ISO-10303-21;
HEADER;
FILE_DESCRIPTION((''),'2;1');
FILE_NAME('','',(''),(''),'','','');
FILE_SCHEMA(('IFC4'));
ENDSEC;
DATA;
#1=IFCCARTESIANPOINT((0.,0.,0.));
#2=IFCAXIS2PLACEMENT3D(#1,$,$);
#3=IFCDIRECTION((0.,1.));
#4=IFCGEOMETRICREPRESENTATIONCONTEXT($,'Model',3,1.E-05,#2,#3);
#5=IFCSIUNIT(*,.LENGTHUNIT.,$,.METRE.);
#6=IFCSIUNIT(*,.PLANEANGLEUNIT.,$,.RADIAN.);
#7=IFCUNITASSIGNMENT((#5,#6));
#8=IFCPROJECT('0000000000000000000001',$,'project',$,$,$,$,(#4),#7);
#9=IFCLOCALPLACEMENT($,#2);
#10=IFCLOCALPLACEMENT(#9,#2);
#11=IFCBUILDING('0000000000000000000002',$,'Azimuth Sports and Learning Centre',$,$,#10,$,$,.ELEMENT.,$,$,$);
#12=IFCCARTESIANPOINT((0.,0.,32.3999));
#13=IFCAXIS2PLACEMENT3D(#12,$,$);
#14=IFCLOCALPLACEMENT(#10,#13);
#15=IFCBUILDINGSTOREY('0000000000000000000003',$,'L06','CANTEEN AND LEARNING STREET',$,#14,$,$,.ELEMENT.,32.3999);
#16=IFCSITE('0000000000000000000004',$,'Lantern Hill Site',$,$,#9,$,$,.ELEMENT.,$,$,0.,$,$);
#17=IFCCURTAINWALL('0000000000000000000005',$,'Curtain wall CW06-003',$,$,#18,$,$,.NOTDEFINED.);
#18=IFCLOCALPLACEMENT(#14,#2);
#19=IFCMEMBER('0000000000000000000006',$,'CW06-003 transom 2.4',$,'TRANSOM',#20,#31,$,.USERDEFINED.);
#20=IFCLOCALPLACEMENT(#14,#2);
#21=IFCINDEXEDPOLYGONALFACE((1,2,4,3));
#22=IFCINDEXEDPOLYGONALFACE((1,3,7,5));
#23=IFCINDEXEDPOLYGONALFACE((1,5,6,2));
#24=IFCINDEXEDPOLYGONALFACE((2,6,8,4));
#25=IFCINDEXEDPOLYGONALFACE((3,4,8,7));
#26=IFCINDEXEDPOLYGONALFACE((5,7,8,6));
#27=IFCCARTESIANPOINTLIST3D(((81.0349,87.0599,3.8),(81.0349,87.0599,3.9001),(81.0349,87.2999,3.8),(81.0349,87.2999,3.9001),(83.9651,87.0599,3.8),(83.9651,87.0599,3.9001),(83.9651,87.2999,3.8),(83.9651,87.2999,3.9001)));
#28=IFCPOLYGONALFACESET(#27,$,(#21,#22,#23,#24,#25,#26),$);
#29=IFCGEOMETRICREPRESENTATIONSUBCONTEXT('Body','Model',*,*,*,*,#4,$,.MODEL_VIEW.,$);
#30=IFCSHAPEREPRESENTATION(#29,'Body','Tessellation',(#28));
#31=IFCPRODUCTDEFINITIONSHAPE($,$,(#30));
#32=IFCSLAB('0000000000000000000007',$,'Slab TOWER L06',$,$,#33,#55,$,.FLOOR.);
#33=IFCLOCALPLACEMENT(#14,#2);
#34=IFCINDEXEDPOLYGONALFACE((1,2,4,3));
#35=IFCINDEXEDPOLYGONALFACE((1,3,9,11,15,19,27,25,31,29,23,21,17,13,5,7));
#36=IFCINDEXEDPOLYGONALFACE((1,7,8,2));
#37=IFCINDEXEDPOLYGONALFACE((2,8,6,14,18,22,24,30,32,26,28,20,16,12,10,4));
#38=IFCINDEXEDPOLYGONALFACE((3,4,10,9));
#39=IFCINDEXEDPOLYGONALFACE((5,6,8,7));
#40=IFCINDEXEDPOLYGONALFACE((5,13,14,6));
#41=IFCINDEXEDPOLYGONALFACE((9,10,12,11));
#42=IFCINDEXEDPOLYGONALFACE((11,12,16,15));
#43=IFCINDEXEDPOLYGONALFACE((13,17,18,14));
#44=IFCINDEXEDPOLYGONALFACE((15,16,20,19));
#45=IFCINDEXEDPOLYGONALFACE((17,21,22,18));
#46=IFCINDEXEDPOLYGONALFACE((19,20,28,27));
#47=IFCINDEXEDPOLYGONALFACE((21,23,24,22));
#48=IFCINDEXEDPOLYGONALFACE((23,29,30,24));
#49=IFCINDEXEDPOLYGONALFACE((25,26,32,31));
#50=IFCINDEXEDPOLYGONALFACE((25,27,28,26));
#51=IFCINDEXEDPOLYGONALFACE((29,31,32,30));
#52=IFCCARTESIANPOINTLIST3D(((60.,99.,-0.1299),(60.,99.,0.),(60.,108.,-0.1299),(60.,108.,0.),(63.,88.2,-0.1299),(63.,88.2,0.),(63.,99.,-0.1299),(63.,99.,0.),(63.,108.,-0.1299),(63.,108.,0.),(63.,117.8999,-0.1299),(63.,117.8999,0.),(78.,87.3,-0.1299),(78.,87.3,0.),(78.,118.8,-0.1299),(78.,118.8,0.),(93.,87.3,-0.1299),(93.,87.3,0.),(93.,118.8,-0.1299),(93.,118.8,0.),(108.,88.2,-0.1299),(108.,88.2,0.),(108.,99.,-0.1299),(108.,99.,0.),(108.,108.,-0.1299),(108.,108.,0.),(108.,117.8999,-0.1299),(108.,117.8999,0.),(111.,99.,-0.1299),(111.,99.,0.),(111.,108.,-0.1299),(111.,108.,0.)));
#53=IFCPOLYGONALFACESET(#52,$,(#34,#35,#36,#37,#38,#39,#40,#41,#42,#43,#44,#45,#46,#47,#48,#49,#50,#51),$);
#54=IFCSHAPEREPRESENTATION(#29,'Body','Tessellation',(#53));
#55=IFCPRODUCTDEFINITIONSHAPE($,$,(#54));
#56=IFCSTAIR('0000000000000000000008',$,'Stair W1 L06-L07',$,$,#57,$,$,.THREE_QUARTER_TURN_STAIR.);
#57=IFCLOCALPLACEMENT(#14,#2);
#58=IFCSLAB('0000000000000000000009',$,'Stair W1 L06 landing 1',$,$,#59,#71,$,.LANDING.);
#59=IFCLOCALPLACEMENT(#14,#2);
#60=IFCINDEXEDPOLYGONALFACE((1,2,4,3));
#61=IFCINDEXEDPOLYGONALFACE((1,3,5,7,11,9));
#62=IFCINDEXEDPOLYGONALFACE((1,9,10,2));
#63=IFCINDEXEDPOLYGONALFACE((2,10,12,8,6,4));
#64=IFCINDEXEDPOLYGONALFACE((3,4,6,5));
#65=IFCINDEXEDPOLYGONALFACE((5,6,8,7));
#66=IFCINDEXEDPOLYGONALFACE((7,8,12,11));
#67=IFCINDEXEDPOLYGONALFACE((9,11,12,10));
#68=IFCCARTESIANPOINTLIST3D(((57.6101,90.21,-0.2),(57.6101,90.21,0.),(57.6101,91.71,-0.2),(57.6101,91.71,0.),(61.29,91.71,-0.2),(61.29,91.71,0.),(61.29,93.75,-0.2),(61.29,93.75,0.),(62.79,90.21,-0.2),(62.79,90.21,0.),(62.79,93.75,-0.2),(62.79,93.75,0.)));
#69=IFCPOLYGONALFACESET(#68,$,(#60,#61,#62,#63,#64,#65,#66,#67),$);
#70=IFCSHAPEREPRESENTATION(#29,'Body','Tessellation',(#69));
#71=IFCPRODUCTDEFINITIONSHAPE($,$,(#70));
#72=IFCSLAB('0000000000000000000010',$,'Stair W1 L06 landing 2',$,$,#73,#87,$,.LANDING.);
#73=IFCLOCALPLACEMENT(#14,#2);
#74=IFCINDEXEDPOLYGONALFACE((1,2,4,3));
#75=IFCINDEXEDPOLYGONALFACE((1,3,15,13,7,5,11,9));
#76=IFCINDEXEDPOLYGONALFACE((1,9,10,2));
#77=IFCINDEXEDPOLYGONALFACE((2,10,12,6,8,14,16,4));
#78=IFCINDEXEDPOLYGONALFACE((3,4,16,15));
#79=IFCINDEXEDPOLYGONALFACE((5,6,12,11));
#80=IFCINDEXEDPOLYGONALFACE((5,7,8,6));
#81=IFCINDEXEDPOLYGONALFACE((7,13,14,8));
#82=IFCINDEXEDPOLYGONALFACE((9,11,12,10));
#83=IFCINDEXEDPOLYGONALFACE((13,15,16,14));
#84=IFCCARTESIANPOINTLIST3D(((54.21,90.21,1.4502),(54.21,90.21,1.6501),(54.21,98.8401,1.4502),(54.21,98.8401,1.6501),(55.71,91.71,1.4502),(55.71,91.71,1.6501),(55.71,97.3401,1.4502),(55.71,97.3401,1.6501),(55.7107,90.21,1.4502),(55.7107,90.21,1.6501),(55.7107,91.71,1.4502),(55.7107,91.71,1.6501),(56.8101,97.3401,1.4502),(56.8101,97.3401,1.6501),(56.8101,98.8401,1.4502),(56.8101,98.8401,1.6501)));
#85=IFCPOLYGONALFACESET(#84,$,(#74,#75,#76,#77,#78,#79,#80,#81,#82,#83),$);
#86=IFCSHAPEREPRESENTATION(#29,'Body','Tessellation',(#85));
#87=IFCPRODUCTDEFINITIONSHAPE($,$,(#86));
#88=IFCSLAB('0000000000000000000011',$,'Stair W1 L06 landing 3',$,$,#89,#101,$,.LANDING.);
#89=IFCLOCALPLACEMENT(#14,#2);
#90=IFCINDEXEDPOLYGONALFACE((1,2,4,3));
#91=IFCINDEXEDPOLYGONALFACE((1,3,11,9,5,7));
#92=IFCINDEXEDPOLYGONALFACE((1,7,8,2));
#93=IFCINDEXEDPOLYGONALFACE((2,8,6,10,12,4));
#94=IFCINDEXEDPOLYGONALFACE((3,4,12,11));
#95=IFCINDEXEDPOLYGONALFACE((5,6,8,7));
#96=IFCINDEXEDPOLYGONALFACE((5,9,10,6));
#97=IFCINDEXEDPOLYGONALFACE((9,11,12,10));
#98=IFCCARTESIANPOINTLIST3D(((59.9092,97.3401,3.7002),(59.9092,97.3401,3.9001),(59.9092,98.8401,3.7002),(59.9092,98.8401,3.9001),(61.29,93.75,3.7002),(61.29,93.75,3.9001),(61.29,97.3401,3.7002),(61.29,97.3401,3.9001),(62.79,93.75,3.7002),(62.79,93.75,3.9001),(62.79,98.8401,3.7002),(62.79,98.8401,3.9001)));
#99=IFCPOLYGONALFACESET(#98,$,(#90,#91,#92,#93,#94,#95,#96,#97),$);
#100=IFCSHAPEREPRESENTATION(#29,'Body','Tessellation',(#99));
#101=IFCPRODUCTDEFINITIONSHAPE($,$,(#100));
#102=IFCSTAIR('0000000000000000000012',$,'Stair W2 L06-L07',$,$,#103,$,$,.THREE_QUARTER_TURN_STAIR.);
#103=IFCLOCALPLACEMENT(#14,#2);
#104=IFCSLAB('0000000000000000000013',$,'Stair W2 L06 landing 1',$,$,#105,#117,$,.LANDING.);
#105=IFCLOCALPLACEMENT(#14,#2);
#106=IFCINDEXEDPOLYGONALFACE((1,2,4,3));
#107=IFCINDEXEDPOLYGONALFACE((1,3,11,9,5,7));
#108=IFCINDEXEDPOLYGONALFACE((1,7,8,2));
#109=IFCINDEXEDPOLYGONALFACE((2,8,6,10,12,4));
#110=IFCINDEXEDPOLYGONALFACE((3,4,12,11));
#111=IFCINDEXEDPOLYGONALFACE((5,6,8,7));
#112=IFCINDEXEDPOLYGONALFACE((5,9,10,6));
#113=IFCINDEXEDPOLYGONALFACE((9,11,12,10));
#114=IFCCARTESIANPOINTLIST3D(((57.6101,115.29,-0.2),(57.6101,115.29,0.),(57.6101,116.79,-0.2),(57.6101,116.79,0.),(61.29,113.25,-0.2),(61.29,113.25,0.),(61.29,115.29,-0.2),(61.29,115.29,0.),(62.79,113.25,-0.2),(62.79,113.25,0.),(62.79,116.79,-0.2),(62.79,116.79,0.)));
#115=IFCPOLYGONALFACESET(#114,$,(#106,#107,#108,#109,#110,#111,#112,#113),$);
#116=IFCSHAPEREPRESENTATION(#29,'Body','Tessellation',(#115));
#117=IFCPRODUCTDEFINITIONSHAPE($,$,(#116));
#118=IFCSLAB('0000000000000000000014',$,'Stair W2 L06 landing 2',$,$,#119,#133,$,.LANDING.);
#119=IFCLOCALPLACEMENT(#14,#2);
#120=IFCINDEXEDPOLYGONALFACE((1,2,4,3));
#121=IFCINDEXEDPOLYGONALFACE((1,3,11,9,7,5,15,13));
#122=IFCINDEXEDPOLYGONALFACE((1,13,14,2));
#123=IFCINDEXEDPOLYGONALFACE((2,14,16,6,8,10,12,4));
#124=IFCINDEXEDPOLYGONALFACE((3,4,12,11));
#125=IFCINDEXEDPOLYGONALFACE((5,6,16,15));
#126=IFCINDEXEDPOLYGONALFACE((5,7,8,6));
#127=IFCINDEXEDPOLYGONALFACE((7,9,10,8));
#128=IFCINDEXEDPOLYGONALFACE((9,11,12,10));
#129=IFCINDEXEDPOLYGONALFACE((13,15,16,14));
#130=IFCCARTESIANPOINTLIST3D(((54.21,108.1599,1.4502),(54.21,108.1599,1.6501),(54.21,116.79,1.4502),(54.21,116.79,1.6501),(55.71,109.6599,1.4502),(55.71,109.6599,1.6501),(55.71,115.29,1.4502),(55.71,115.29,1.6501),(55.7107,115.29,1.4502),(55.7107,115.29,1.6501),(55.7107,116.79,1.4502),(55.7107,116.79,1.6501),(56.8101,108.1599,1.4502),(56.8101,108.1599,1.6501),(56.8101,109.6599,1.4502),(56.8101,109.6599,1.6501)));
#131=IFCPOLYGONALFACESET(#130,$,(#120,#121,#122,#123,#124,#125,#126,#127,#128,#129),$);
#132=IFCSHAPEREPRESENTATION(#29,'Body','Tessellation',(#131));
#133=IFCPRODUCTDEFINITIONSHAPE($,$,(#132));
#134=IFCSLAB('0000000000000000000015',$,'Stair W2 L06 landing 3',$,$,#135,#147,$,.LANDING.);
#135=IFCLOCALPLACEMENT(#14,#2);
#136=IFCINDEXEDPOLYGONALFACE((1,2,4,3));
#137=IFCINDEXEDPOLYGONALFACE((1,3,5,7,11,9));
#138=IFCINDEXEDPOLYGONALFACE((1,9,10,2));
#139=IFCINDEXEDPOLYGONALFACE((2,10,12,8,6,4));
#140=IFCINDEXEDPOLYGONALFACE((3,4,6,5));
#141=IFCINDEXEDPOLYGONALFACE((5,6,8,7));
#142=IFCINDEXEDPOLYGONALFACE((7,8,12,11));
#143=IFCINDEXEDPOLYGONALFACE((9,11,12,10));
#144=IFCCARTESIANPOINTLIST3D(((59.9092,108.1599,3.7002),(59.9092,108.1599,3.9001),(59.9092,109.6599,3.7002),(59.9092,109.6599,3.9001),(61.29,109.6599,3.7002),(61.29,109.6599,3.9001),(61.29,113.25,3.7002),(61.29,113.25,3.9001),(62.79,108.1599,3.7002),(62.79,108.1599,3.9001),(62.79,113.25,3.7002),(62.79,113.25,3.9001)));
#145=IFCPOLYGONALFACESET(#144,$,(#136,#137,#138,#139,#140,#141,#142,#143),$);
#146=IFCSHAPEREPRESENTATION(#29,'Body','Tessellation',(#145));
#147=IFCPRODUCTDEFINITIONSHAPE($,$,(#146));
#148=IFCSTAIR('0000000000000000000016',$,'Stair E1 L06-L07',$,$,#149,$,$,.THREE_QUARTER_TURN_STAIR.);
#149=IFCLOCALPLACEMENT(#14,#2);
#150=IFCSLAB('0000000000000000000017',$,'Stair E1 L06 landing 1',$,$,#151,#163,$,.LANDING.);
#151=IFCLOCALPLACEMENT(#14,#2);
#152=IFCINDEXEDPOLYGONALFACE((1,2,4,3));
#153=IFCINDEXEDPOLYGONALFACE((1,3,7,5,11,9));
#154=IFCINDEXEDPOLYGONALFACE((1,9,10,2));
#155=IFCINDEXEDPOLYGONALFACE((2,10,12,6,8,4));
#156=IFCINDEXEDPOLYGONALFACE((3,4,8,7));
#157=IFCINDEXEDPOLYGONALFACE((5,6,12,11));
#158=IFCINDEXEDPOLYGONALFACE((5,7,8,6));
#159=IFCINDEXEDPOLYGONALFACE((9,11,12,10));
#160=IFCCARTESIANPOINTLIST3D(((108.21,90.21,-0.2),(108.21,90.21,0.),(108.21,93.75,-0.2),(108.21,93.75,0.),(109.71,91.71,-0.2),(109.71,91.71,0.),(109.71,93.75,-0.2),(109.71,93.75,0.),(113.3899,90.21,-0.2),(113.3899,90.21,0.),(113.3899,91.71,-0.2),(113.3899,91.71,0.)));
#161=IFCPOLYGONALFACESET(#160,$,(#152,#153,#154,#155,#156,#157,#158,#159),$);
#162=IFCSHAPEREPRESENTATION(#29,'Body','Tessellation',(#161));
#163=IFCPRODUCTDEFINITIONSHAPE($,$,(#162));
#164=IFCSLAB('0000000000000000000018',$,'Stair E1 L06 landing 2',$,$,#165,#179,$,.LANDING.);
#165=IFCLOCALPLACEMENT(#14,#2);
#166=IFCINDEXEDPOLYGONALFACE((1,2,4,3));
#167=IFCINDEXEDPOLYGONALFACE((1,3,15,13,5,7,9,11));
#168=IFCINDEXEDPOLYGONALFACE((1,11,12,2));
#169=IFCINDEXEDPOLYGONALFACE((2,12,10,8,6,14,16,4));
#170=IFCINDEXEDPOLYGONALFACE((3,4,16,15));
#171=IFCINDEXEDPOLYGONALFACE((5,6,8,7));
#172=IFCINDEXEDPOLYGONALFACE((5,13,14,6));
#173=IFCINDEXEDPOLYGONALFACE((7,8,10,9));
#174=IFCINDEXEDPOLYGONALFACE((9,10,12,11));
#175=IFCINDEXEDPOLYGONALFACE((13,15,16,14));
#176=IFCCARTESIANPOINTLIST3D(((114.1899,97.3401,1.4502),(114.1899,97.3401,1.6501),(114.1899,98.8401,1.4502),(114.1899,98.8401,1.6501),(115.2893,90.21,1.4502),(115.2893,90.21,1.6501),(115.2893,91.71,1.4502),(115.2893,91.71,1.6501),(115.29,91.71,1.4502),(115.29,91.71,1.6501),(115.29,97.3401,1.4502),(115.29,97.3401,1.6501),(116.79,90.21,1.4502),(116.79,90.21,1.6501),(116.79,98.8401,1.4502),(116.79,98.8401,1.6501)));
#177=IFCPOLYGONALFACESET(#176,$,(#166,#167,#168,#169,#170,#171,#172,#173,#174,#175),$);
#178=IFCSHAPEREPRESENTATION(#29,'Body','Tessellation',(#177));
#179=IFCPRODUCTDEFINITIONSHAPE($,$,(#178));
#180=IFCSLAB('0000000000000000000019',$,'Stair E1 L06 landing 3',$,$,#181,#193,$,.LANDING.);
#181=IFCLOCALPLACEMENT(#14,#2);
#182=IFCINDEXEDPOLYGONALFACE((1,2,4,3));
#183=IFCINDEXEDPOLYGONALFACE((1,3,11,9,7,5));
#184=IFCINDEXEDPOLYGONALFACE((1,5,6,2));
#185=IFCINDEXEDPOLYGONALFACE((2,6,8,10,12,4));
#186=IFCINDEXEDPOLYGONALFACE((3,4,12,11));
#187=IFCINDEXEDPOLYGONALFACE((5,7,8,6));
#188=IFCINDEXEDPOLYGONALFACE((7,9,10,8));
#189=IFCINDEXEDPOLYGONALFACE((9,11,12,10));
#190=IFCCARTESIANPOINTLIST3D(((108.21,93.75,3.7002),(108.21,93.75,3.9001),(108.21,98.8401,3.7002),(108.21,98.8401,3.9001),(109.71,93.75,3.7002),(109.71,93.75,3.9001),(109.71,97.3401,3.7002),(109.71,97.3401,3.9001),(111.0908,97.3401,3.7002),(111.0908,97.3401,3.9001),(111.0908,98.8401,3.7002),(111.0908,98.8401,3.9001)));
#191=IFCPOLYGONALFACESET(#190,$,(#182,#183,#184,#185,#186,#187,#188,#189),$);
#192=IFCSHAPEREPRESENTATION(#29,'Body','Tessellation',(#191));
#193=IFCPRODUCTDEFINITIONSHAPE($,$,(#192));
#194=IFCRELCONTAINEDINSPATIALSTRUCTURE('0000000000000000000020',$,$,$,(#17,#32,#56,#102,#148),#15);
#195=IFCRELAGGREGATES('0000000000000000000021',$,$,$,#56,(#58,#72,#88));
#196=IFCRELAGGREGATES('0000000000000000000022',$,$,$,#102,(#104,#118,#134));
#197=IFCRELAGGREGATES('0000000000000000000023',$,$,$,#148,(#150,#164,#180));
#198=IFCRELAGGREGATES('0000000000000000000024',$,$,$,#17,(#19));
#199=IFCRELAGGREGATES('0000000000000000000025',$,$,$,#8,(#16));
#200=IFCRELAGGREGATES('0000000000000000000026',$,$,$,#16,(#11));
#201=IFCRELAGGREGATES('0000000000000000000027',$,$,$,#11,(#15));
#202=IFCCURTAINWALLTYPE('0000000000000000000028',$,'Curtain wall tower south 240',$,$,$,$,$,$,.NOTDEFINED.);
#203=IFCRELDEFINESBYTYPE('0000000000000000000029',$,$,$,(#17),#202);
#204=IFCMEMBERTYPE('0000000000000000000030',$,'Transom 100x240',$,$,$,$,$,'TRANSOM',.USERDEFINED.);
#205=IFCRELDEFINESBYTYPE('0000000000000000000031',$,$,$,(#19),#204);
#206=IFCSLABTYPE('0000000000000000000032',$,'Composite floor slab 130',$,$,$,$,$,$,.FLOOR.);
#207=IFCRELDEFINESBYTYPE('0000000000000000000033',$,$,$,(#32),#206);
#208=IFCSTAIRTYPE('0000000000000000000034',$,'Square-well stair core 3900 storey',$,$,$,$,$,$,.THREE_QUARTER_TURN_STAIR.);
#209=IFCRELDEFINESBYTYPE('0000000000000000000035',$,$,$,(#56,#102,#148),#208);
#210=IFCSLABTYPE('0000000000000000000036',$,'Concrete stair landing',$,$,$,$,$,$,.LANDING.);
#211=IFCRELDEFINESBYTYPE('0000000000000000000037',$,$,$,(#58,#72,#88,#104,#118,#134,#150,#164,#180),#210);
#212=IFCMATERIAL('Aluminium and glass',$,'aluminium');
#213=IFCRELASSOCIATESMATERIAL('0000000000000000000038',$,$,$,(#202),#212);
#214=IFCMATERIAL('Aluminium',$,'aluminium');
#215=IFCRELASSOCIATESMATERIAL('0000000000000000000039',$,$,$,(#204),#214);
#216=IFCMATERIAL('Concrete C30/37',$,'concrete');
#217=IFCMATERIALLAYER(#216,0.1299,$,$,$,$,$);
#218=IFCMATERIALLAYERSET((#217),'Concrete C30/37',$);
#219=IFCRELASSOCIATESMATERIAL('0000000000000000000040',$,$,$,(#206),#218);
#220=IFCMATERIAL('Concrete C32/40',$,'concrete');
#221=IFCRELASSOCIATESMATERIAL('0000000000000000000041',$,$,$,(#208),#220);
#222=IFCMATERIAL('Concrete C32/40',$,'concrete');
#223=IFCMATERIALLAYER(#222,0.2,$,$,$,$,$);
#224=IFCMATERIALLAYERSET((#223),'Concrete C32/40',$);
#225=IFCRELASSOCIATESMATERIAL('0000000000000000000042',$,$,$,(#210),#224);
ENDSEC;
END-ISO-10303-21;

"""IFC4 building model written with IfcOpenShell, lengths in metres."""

from ifc_helpers import new_model, si_unit, direction, frame, origin, origin_2d, place, context, subcontext, project, spatial, polyline, rectangle, outline, extrude, material, layer, layer_set, material_profile, profile_set, type_object, element, aggregate, save


model = new_model("IFC4")

# Units and contexts
model_context = context("Model", 3, precision=1e-05, world=origin(), true_north=direction((0.0, 1.0)))
body_context = subcontext(model_context, "Body", "Model", "MODEL_VIEW")
ifc_project = project(units=[si_unit("LENGTHUNIT", "METRE"), si_unit("PLANEANGLEUNIT", "RADIAN")], contexts=[model_context])

# Site, building, storey
site_placement = place(None, origin())
site = spatial("IfcSite", under=ifc_project, at=site_placement, Name="Lantern Hill Site", CompositionType="ELEMENT", RefElevation=0.0)
building_placement = place(site_placement, origin())
building = spatial("IfcBuilding", under=site, at=building_placement, Name="Azimuth Sports and Learning Centre", CompositionType="ELEMENT")
storey_placement = place(building_placement, frame((0.0, 0.0, 32.3999)))
storey = spatial("IfcBuildingStorey", under=building, at=storey_placement, Name="L06", Description="CANTEEN AND LEARNING STREET", CompositionType="ELEMENT", Elevation=32.3999)

# Shared definitions
ifc_material_1 = material(Name="Aluminium and glass", Category="aluminium")
curtain_wall_type = type_object("IfcCurtainWallType", Name="Curtain wall tower south 240", PredefinedType="NOTDEFINED", material=ifc_material_1)

# Curtain wall
curtain_wall_1_placement = place(storey_placement, origin())
curtain_wall_1 = element("IfcCurtainWall", 1, at=curtain_wall_1_placement, inside=storey, type_object=curtain_wall_type, Name="Curtain wall CW06-003", PredefinedType="NOTDEFINED")

# Member
ifc_material_2 = material(Name="Aluminium", Category="aluminium")
ifc_material_profile_1 = material_profile(ifc_material_2, rectangle(XDim=0.24, YDim=0.1001, at=origin_2d()), Name="Transom 100x240")
ifc_profile_set_1 = profile_set([ifc_material_profile_1], Name="Aluminium")
member_type_1 = type_object("IfcMemberType", Name="Transom 100x240", ElementType="TRANSOM", PredefinedType="USERDEFINED", material=ifc_profile_set_1)
member_1_placement = place(storey_placement, frame((81.0349, 87.1799, 3.8501), z_axis=(1.0, 0.0, 0.0), x_axis=(0.0, 1.0, 0.0)))
member_1 = element("IfcMember", 2, at=member_1_placement, type_object=member_type_1, Name="CW06-003 transom 2.4", ObjectType="TRANSOM", PredefinedType="USERDEFINED", context=body_context, shape_type="SweptSolid", body=[
    extrude(rectangle(XDim=0.24, YDim=0.1001, at=origin_2d()), origin(), (0.0, 0.0, 1.0), 2.9302),
])

# Slab
ifc_material_3 = material(Name="Concrete C30/37", Category="concrete")
ifc_layer_1 = layer(ifc_material_3, 0.1299)
ifc_layer_set_1 = layer_set([ifc_layer_1], Name="Concrete C30/37")
slab_type_1 = type_object("IfcSlabType", Name="Composite floor slab 130", PredefinedType="FLOOR", material=ifc_layer_set_1)
slab_1_placement = place(storey_placement, frame((0.0, 0.0, -0.1299)))
element("IfcSlab", 3, at=slab_1_placement, inside=storey, type_object=slab_type_1, Name="Slab TOWER L06", PredefinedType="FLOOR", context=body_context, shape_type="SweptSolid", body=[
    extrude(outline(polyline([(78.0, 87.3), (93.0, 87.3), (108.0, 88.2), (108.0, 99.0), (111.0, 99.0), (111.0, 108.0), (108.0, 108.0), (108.0, 117.8999), (93.0, 118.8), (78.0, 118.8), (63.0, 117.8999), (63.0, 108.0), (60.0, 108.0), (60.0, 99.0), (63.0, 99.0), (63.0, 88.2), (78.0, 87.3)])), origin(), (0.0, 0.0, 1.0), 0.1299),
])

# Stairs, slabs
ifc_material_4 = material(Name="Concrete C32/40", Category="concrete")
stair_type = type_object("IfcStairType", Name="Square-well stair core 3900 storey", PredefinedType="THREE_QUARTER_TURN_STAIR", material=ifc_material_4)
stair_1_placement = place(storey_placement, origin())
stair_1 = element("IfcStair", 4, at=stair_1_placement, inside=storey, type_object=stair_type, Name="Stair W1 L06-L07", PredefinedType="THREE_QUARTER_TURN_STAIR")
ifc_material_5 = material(Name="Concrete C32/40", Category="concrete")
ifc_layer_2 = layer(ifc_material_5, 0.2)
ifc_layer_set_2 = layer_set([ifc_layer_2], Name="Concrete C32/40")
slab_type_2 = type_object("IfcSlabType", Name="Concrete stair landing", PredefinedType="LANDING", material=ifc_layer_set_2)
slab_2_placement = place(storey_placement, frame((0.0, 0.0, -0.2)))
slab_2 = element("IfcSlab", 5, at=slab_2_placement, type_object=slab_type_2, Name="Stair W1 L06 landing 1", PredefinedType="LANDING", context=body_context, shape_type="SweptSolid", body=[
    extrude(outline(polyline([(62.79, 90.21), (62.79, 93.75), (61.29, 93.75), (61.29, 91.71), (57.6101, 91.71), (57.6101, 90.21), (62.79, 90.21)])), origin(), (0.0, 0.0, 1.0), 0.2),
])
slab_3_placement = place(storey_placement, frame((0.0, 0.0, 1.4502)))
slab_3 = element("IfcSlab", 6, at=slab_3_placement, type_object=slab_type_2, Name="Stair W1 L06 landing 2", PredefinedType="LANDING", context=body_context, shape_type="SweptSolid", body=[
    extrude(outline(polyline([(55.71, 91.71), (55.71, 97.3401), (56.8101, 97.3401), (56.8101, 98.8401), (54.21, 98.8401), (54.21, 90.21), (55.7107, 90.21), (55.7107, 91.71), (55.71, 91.71)])), origin(), (0.0, 0.0, 1.0), 0.2),
])
slab_4_placement = place(storey_placement, frame((0.0, 0.0, 3.7002)))
slab_4 = element("IfcSlab", 7, at=slab_4_placement, type_object=slab_type_2, Name="Stair W1 L06 landing 3", PredefinedType="LANDING", context=body_context, shape_type="SweptSolid", body=[
    extrude(outline(polyline([(61.29, 97.3401), (61.29, 93.75), (62.79, 93.75), (62.79, 98.8401), (59.9092, 98.8401), (59.9092, 97.3401), (61.29, 97.3401)])), origin(), (0.0, 0.0, 1.0), 0.2),
])
aggregate(stair_1, [slab_2, slab_3, slab_4])
stair_2_placement = place(storey_placement, origin())
stair_2 = element("IfcStair", 8, at=stair_2_placement, inside=storey, type_object=stair_type, Name="Stair W2 L06-L07", PredefinedType="THREE_QUARTER_TURN_STAIR")
slab_5_placement = place(storey_placement, frame((0.0, 0.0, -0.2)))
slab_5 = element("IfcSlab", 9, at=slab_5_placement, type_object=slab_type_2, Name="Stair W2 L06 landing 1", PredefinedType="LANDING", context=body_context, shape_type="SweptSolid", body=[
    extrude(outline(polyline([(57.6101, 115.29), (61.29, 115.29), (61.29, 113.25), (62.79, 113.25), (62.79, 116.79), (57.6101, 116.79), (57.6101, 115.29)])), origin(), (0.0, 0.0, 1.0), 0.2),
])
slab_6_placement = place(storey_placement, frame((0.0, 0.0, 1.4502)))
slab_6 = element("IfcSlab", 10, at=slab_6_placement, type_object=slab_type_2, Name="Stair W2 L06 landing 2", PredefinedType="LANDING", context=body_context, shape_type="SweptSolid", body=[
    extrude(outline(polyline([(55.71, 115.29), (55.7107, 115.29), (55.7107, 116.79), (54.21, 116.79), (54.21, 108.1599), (56.8101, 108.1599), (56.8101, 109.6599), (55.71, 109.6599), (55.71, 115.29)])), origin(), (0.0, 0.0, 1.0), 0.2),
])
slab_7_placement = place(storey_placement, frame((0.0, 0.0, 3.7002)))
slab_7 = element("IfcSlab", 11, at=slab_7_placement, type_object=slab_type_2, Name="Stair W2 L06 landing 3", PredefinedType="LANDING", context=body_context, shape_type="SweptSolid", body=[
    extrude(outline(polyline([(61.29, 109.6599), (59.9092, 109.6599), (59.9092, 108.1599), (62.79, 108.1599), (62.79, 113.25), (61.29, 113.25), (61.29, 109.6599)])), origin(), (0.0, 0.0, 1.0), 0.2),
])
aggregate(stair_2, [slab_5, slab_6, slab_7])
stair_3_placement = place(storey_placement, origin())
stair_3 = element("IfcStair", 12, at=stair_3_placement, inside=storey, type_object=stair_type, Name="Stair E1 L06-L07", PredefinedType="THREE_QUARTER_TURN_STAIR")
slab_8_placement = place(storey_placement, frame((0.0, 0.0, -0.2)))
slab_8 = element("IfcSlab", 13, at=slab_8_placement, type_object=slab_type_2, Name="Stair E1 L06 landing 1", PredefinedType="LANDING", context=body_context, shape_type="SweptSolid", body=[
    extrude(outline(polyline([(113.3899, 91.71), (109.71, 91.71), (109.71, 93.75), (108.21, 93.75), (108.21, 90.21), (113.3899, 90.21), (113.3899, 91.71)])), origin(), (0.0, 0.0, 1.0), 0.2),
])
slab_9_placement = place(storey_placement, frame((0.0, 0.0, 1.4502)))
slab_9 = element("IfcSlab", 14, at=slab_9_placement, type_object=slab_type_2, Name="Stair E1 L06 landing 2", PredefinedType="LANDING", context=body_context, shape_type="SweptSolid", body=[
    extrude(outline(polyline([(115.29, 91.71), (115.2893, 91.71), (115.2893, 90.21), (116.79, 90.21), (116.79, 98.8401), (114.1899, 98.8401), (114.1899, 97.3401), (115.29, 97.3401), (115.29, 91.71)])), origin(), (0.0, 0.0, 1.0), 0.2),
])
slab_10_placement = place(storey_placement, frame((0.0, 0.0, 3.7002)))
slab_10 = element("IfcSlab", 15, at=slab_10_placement, type_object=slab_type_2, Name="Stair E1 L06 landing 3", PredefinedType="LANDING", context=body_context, shape_type="SweptSolid", body=[
    extrude(outline(polyline([(109.71, 97.3401), (111.0908, 97.3401), (111.0908, 98.8401), (108.21, 98.8401), (108.21, 93.75), (109.71, 93.75), (109.71, 97.3401)])), origin(), (0.0, 0.0, 1.0), 0.2),
])
aggregate(stair_3, [slab_8, slab_9, slab_10])

aggregate(curtain_wall_1, [member_1])

save(model, "model.ifc")
